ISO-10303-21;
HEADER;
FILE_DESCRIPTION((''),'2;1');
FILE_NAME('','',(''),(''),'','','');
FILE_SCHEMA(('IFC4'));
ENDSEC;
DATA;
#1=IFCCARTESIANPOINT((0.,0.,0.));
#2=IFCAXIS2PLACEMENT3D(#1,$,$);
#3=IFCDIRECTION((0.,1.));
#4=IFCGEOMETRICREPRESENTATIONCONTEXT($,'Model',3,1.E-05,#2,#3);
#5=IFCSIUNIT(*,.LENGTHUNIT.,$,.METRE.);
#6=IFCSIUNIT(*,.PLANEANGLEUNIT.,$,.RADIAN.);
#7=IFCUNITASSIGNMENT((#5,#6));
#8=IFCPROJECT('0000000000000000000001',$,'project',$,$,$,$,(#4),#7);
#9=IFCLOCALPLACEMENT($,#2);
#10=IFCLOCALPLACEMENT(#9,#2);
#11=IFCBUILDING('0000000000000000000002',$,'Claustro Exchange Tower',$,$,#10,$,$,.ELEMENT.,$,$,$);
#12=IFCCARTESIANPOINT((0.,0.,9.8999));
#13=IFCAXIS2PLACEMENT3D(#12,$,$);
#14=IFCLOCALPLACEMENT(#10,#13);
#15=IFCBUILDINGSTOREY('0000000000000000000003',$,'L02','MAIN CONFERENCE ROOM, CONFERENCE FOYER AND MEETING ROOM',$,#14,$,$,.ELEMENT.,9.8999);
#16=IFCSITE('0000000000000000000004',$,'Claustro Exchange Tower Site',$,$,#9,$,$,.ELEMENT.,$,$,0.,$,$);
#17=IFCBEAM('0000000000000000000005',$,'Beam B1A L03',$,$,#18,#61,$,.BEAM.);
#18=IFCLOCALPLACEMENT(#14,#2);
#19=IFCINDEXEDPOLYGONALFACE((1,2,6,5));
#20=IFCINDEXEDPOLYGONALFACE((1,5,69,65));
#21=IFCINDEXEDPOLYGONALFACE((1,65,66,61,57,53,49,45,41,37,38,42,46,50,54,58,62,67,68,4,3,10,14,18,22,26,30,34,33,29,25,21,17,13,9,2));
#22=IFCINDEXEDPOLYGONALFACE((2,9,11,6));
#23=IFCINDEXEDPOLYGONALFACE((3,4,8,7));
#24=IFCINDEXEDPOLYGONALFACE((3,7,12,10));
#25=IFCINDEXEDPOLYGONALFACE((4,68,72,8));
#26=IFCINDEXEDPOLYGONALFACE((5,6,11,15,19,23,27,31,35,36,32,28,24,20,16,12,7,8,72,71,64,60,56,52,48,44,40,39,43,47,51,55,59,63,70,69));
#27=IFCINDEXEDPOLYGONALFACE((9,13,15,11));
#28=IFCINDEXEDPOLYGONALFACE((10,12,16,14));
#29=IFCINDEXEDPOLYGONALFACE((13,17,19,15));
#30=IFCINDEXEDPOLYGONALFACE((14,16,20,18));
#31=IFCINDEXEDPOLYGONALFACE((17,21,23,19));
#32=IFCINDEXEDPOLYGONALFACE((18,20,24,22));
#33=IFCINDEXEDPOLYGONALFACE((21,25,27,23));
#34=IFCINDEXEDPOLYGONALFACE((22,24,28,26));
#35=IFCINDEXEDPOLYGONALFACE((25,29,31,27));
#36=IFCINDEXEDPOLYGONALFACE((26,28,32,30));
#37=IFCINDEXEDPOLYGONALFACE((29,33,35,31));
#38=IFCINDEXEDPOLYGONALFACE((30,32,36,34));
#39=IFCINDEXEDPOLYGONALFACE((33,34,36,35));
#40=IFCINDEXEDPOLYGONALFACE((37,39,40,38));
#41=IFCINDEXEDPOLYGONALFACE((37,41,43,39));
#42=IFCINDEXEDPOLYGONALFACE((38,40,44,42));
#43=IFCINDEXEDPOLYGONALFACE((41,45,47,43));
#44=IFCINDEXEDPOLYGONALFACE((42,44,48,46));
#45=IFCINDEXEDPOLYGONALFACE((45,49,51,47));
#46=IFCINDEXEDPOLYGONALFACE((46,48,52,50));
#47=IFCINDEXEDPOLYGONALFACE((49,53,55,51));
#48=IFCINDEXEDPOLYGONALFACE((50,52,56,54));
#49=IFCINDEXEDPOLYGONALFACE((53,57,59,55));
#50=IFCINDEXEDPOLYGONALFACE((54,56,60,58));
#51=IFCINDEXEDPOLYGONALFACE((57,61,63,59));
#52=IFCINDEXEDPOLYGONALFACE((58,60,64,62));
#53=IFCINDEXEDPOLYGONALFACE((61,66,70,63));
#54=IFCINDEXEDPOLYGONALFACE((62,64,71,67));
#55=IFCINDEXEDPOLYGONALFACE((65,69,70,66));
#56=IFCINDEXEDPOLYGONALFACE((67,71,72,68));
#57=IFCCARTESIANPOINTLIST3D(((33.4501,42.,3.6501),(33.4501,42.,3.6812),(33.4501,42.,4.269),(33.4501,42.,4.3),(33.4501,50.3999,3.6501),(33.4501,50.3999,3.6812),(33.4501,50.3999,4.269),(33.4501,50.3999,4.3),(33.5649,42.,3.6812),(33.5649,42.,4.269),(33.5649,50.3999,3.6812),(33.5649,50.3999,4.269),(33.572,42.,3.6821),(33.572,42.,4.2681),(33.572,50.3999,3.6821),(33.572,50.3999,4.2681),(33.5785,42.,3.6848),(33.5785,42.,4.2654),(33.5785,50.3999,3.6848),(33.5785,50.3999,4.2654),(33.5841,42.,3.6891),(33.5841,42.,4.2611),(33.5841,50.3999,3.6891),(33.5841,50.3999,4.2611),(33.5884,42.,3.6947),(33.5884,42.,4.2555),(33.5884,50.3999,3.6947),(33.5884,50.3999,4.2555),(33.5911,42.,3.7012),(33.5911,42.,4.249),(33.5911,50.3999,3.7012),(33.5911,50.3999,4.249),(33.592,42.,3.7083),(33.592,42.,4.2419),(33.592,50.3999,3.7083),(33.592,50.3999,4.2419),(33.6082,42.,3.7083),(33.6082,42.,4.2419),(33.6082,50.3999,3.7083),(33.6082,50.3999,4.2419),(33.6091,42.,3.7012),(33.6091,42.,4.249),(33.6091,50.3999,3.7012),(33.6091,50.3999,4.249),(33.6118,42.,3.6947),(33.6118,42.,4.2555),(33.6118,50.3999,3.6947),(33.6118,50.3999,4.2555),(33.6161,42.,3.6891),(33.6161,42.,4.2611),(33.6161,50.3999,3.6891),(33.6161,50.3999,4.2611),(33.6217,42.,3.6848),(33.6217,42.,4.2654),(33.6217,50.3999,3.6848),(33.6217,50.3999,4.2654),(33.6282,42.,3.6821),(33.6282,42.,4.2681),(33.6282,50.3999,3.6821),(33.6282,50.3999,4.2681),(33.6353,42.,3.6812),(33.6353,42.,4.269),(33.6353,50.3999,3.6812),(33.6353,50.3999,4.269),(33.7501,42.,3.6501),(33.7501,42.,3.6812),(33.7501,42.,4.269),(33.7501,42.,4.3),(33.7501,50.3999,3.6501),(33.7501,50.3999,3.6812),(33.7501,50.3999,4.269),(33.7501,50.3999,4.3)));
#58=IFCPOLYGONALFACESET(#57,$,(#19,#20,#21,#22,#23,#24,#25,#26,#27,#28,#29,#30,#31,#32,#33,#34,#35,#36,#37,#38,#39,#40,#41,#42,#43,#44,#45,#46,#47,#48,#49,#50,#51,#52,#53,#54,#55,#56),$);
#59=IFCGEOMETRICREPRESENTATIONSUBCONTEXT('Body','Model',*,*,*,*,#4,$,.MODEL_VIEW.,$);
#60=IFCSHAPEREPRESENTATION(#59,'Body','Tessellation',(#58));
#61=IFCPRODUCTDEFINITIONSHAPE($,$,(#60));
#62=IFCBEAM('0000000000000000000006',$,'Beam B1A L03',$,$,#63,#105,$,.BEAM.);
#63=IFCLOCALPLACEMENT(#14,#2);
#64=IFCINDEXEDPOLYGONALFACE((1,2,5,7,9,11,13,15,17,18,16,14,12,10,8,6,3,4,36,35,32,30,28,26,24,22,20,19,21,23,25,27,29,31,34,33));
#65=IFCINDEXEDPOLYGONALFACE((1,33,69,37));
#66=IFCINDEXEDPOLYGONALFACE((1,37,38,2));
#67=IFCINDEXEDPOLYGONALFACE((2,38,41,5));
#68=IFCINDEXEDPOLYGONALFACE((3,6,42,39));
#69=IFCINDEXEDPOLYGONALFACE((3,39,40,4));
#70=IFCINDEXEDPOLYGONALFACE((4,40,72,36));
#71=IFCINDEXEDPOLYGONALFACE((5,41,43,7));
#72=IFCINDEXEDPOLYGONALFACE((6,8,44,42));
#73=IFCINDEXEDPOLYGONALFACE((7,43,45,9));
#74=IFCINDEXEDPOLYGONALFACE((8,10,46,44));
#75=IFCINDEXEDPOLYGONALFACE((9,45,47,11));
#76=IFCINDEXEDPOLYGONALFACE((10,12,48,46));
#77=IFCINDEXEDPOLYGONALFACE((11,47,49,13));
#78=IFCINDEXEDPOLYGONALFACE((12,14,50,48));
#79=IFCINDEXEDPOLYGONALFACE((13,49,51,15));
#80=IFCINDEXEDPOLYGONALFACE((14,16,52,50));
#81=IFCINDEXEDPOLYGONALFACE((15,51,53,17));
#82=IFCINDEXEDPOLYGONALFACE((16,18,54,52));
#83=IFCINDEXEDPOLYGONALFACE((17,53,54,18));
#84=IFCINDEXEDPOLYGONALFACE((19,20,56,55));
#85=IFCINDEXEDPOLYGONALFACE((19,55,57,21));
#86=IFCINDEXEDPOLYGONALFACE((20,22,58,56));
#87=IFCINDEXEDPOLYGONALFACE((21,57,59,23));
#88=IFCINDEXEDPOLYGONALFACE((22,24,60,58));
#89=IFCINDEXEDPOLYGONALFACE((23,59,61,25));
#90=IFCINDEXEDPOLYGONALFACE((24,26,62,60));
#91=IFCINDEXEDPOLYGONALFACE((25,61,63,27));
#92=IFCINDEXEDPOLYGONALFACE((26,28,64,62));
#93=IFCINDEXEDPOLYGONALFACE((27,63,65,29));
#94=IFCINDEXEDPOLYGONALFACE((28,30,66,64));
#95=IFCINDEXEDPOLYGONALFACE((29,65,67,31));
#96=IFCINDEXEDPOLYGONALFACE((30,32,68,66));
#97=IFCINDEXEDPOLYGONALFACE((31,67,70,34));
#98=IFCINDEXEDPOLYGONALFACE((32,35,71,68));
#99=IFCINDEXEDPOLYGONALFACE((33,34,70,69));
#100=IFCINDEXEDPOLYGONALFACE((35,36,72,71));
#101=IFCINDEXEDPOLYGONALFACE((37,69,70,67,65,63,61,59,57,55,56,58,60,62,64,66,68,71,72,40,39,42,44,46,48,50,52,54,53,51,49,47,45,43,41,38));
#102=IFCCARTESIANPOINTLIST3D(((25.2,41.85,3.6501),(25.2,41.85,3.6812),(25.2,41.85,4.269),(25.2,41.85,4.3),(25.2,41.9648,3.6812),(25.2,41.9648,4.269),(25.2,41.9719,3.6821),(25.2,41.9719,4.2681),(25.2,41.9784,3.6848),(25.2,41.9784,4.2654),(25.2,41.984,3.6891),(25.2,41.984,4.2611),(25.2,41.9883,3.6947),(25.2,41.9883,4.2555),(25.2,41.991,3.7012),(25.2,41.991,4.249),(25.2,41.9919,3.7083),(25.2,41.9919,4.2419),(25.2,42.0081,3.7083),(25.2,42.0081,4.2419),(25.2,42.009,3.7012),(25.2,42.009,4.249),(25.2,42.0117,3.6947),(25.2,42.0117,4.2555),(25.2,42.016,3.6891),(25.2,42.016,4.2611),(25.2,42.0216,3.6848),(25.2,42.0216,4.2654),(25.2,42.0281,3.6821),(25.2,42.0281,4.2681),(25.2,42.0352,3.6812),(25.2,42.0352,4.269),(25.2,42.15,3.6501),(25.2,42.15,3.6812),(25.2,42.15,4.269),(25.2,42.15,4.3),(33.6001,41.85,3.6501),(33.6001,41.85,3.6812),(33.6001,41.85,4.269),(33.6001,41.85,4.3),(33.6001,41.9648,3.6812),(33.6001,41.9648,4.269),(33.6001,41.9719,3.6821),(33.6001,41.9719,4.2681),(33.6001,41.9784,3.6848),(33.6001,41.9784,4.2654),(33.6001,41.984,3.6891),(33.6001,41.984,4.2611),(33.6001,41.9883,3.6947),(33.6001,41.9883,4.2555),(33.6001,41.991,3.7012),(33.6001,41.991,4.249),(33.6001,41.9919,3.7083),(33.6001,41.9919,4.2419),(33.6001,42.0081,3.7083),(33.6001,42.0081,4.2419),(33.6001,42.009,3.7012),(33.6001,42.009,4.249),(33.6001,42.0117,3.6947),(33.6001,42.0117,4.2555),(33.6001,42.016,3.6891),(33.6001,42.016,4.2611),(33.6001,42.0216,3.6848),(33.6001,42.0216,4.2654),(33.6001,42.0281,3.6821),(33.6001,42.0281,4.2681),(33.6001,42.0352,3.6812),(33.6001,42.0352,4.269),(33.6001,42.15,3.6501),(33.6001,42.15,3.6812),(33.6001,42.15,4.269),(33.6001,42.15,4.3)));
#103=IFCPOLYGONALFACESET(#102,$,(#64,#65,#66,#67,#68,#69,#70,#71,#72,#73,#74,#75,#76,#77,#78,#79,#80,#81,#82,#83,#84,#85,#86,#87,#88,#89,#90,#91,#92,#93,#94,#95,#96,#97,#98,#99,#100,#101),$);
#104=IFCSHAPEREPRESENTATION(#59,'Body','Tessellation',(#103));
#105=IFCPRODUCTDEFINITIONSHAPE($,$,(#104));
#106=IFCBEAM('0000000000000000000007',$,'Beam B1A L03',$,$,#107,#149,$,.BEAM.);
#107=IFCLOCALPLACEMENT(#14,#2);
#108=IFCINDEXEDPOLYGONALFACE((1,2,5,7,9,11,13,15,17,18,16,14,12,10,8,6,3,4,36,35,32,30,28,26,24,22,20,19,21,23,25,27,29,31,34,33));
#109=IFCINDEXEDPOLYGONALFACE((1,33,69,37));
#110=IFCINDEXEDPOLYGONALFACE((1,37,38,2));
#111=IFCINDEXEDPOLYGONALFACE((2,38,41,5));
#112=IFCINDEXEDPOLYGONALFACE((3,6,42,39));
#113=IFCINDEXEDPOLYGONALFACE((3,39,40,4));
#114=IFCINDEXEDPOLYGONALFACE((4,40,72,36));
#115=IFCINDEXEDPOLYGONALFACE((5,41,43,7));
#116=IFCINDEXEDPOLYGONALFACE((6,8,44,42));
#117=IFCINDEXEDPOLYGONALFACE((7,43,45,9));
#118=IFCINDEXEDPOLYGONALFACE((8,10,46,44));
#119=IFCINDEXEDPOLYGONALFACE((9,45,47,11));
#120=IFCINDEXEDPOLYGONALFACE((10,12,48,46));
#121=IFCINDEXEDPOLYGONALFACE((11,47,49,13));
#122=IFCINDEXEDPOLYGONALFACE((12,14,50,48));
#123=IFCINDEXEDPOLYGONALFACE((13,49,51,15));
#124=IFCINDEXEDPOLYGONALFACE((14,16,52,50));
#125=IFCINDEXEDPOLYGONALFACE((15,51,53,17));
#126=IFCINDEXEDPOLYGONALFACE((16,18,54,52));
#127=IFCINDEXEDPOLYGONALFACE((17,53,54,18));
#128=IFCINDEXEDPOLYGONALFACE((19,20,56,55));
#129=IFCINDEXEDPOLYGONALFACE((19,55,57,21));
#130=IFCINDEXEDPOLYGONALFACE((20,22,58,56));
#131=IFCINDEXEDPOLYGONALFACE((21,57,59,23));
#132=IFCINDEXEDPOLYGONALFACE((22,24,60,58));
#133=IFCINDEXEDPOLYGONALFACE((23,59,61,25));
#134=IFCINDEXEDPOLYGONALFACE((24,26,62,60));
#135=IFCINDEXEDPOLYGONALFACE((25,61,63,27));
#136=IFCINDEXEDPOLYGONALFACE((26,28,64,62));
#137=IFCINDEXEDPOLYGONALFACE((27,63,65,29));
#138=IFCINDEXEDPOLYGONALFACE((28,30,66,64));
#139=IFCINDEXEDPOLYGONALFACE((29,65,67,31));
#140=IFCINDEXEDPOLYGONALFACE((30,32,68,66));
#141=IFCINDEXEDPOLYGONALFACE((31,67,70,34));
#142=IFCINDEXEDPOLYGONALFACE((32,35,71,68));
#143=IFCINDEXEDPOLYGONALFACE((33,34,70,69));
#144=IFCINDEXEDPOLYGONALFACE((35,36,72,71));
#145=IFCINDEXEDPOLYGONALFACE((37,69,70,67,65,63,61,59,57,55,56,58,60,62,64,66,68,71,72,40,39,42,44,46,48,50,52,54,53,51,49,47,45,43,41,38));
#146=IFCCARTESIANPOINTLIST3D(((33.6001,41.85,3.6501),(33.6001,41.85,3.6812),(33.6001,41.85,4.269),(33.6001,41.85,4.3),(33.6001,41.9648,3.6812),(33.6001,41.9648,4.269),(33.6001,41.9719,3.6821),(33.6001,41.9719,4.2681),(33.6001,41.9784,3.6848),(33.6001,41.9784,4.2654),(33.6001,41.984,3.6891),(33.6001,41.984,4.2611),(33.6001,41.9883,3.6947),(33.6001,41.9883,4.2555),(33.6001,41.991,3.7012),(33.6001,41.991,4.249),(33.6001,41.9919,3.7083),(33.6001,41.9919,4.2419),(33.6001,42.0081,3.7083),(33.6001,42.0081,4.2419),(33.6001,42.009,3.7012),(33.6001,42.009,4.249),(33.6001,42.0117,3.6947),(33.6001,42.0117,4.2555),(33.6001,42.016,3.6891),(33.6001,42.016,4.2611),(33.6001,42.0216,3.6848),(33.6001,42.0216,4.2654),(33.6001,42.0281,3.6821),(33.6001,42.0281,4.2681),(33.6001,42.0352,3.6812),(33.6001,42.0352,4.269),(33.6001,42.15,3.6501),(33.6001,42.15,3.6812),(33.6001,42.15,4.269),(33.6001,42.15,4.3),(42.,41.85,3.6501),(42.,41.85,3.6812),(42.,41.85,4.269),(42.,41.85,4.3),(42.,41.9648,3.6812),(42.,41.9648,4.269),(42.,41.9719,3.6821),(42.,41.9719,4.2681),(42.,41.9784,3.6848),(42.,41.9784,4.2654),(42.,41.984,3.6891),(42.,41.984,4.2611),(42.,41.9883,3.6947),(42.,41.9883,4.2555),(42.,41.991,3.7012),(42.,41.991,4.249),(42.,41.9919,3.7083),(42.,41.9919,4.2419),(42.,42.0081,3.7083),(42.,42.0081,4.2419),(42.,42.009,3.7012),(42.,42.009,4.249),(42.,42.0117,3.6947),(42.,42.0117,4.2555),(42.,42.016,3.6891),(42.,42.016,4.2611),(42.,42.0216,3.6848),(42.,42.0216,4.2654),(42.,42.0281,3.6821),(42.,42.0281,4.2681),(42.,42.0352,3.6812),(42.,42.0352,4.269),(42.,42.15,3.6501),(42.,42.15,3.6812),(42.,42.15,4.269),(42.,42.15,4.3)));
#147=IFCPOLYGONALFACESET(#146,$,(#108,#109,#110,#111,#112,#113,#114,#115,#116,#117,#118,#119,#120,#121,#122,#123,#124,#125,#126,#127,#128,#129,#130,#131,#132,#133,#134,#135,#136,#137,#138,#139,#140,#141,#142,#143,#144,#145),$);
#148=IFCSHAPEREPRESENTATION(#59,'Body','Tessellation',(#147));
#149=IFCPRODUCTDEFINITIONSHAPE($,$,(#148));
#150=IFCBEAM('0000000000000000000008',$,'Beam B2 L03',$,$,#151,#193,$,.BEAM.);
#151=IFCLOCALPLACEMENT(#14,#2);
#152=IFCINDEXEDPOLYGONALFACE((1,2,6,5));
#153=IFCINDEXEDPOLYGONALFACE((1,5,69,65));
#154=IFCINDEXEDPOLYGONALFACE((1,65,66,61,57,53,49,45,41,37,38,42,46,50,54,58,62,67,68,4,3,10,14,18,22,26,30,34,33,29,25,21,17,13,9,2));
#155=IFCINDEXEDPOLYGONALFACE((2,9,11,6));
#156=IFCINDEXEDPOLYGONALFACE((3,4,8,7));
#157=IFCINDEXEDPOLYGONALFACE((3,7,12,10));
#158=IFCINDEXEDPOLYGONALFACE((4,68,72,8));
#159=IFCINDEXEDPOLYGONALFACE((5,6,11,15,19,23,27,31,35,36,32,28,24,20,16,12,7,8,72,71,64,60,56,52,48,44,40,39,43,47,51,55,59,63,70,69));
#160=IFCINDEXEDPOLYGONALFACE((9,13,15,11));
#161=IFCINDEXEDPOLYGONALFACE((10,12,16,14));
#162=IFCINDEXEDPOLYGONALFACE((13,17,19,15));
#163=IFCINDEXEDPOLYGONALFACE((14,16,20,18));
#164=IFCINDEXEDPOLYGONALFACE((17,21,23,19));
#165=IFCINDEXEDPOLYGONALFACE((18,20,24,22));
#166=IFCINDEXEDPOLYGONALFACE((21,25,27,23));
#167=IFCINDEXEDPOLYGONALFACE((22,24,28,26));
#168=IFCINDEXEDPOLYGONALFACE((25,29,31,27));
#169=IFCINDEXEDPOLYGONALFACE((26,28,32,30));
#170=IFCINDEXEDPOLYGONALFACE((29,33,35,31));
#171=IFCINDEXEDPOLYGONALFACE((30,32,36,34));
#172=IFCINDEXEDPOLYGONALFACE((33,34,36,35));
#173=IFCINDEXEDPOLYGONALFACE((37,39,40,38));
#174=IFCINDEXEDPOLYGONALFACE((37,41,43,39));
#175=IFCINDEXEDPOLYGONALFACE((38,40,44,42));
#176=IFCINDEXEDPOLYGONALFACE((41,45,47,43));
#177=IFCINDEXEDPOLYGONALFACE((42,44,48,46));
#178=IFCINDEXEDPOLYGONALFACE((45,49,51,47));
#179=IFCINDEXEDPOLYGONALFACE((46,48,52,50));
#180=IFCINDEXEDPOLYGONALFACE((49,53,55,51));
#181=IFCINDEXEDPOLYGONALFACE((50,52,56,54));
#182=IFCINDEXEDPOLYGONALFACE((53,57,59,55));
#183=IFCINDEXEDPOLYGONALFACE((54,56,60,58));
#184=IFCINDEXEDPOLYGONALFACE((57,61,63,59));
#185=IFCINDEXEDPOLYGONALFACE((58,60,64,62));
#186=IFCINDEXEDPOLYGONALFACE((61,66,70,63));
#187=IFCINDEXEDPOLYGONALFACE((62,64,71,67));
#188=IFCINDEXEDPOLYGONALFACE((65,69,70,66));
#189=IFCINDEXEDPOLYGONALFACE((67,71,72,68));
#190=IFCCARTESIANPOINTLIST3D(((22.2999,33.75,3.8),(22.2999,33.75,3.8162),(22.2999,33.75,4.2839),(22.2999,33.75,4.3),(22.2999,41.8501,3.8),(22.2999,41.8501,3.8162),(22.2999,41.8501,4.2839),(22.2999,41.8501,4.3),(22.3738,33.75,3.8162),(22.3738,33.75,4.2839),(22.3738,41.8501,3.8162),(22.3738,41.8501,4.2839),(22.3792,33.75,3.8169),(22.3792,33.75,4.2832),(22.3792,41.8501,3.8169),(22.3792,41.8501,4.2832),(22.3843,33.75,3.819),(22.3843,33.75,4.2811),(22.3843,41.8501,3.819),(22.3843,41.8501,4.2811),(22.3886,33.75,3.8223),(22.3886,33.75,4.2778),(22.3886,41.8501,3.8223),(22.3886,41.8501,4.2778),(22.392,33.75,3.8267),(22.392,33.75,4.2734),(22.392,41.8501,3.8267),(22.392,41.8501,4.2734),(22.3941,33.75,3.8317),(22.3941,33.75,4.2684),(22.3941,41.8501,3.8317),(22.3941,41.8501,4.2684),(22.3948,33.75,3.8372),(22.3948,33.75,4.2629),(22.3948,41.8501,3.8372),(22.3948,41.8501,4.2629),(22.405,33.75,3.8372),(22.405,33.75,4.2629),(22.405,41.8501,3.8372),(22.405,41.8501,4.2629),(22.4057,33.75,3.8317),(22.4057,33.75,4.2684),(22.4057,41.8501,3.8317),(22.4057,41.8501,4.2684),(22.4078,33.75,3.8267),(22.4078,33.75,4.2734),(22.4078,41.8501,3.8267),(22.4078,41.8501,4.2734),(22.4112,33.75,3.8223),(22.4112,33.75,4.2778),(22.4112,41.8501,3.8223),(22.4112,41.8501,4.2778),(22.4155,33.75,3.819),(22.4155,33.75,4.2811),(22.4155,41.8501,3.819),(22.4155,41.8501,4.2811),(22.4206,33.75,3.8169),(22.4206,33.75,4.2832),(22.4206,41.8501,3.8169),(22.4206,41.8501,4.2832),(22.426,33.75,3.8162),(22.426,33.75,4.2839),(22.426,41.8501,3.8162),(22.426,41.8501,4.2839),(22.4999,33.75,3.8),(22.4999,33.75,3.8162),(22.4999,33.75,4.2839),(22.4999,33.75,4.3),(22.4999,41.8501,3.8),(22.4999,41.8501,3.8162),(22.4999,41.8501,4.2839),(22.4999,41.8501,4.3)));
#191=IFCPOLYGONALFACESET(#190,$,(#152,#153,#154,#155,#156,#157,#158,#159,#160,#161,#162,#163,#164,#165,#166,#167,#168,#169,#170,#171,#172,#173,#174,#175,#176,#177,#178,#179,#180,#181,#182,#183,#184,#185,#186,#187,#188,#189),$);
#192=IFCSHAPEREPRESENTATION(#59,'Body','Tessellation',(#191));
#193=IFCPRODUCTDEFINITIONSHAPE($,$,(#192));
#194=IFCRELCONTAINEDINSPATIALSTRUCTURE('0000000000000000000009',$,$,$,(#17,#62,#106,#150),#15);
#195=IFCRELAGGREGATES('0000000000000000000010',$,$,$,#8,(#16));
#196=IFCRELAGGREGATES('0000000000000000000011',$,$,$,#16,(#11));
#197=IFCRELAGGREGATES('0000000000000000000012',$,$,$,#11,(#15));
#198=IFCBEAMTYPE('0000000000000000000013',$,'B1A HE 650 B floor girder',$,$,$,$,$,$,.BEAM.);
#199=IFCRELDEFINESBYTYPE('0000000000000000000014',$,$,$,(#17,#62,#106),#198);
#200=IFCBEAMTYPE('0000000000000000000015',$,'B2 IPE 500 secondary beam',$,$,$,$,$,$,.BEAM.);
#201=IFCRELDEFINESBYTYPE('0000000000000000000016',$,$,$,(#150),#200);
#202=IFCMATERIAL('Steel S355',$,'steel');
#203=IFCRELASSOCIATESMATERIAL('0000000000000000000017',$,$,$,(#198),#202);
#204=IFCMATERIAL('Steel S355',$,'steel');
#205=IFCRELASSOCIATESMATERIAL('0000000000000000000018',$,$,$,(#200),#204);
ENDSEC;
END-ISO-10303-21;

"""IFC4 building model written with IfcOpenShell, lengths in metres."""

from ifc_helpers import new_model, si_unit, direction, frame, origin, origin_2d, place, context, subcontext, project, spatial, i_section, extrude, material, material_profile, profile_set, type_object, element, save


model = new_model("IFC4")

# Units and contexts
model_context = context("Model", 3, precision=1e-05, world=origin(), true_north=direction((0.0, 1.0)))
body_context = subcontext(model_context, "Body", "Model", "MODEL_VIEW")
ifc_project = project(units=[si_unit("LENGTHUNIT", "METRE"), si_unit("PLANEANGLEUNIT", "RADIAN")], contexts=[model_context])

# Site, building, storey
site_placement = place(None, origin())
site = spatial("IfcSite", under=ifc_project, at=site_placement, Name="Claustro Exchange Tower Site", CompositionType="ELEMENT", RefElevation=0.0)
building_placement = place(site_placement, origin())
building = spatial("IfcBuilding", under=site, at=building_placement, Name="Claustro Exchange Tower", CompositionType="ELEMENT")
storey_placement = place(building_placement, frame((0.0, 0.0, 9.8999)))
storey = spatial("IfcBuildingStorey", under=building, at=storey_placement, Name="L02", Description="MAIN CONFERENCE ROOM, CONFERENCE FOYER AND MEETING ROOM", CompositionType="ELEMENT", Elevation=9.8999)

# Beams
ifc_material_1 = material(Name="Steel S355", Category="steel")
ifc_material_profile_1 = material_profile(ifc_material_1, i_section(OverallWidth=0.3, OverallDepth=0.6499, WebThickness=0.0161, FlangeThickness=0.031, FilletRadius=0.0271, at=origin_2d()), Name="HE 650 B")
ifc_profile_set_1 = profile_set([ifc_material_profile_1], Name="Steel S355")
beam_type_1 = type_object("IfcBeamType", Name="B1A HE 650 B floor girder", PredefinedType="BEAM", material=ifc_profile_set_1)
for number, where, z_axis, x_axis, name in (
    (1, (33.6001, 42.0, 3.9751), (0.0, 1.0, 0.0), (-1.0, 0.0, 0.0), "Beam B1A L03"),
):
    element("IfcBeam", number, at=place(storey_placement, frame(where, z_axis=z_axis, x_axis=x_axis)), inside=storey, type_object=beam_type_1, Name=name, PredefinedType="BEAM", context=body_context, shape_type="SweptSolid", body=[
        extrude(i_section(OverallWidth=0.3, OverallDepth=0.6499, WebThickness=0.0161, FlangeThickness=0.031, FilletRadius=0.0271, at=origin_2d()), origin(), (0.0, 0.0, 1.0), 8.3999),
    ])
beam_1_placement = place(storey_placement, frame((25.2, 42.0, 3.9751), z_axis=(1.0, 0.0, 0.0), x_axis=(0.0, 1.0, 0.0)))
element("IfcBeam", 2, at=beam_1_placement, inside=storey, type_object=beam_type_1, Name="Beam B1A L03", PredefinedType="BEAM", context=body_context, shape_type="SweptSolid", body=[
    extrude(i_section(OverallWidth=0.3, OverallDepth=0.6499, WebThickness=0.0161, FlangeThickness=0.031, FilletRadius=0.0271, at=origin_2d()), origin(), (0.0, 0.0, 1.0), 8.4001),
])
beam_2_placement = place(storey_placement, frame((33.6001, 42.0, 3.9751), z_axis=(1.0, 0.0, 0.0), x_axis=(0.0, 1.0, 0.0)))
element("IfcBeam", 3, at=beam_2_placement, inside=storey, type_object=beam_type_1, Name="Beam B1A L03", PredefinedType="BEAM", context=body_context, shape_type="SweptSolid", body=[
    extrude(i_section(OverallWidth=0.3, OverallDepth=0.6499, WebThickness=0.0161, FlangeThickness=0.031, FilletRadius=0.0271, at=origin_2d()), origin(), (0.0, 0.0, 1.0), 8.3999),
])
ifc_material_2 = material(Name="Steel S355", Category="steel")
ifc_material_profile_2 = material_profile(ifc_material_2, i_section(OverallWidth=0.2, OverallDepth=0.5, WebThickness=0.0103, FlangeThickness=0.0161, FilletRadius=0.021, at=origin_2d()), Name="IPE 500")
ifc_profile_set_2 = profile_set([ifc_material_profile_2], Name="Steel S355")
beam_type_2 = type_object("IfcBeamType", Name="B2 IPE 500 secondary beam", PredefinedType="BEAM", material=ifc_profile_set_2)
for number, where, z_axis, x_axis, name in (
    (4, (22.3999, 33.75, 4.05), (0.0, 1.0, 0.0), (-1.0, 0.0, 0.0), "Beam B2 L03"),
):
    element("IfcBeam", number, at=place(storey_placement, frame(where, z_axis=z_axis, x_axis=x_axis)), inside=storey, type_object=beam_type_2, Name=name, PredefinedType="BEAM", context=body_context, shape_type="SweptSolid", body=[
        extrude(i_section(OverallWidth=0.2, OverallDepth=0.5, WebThickness=0.0103, FlangeThickness=0.0161, FilletRadius=0.021, at=origin_2d()), origin(), (0.0, 0.0, 1.0), 8.1001),
    ])

save(model, "model.ifc")
